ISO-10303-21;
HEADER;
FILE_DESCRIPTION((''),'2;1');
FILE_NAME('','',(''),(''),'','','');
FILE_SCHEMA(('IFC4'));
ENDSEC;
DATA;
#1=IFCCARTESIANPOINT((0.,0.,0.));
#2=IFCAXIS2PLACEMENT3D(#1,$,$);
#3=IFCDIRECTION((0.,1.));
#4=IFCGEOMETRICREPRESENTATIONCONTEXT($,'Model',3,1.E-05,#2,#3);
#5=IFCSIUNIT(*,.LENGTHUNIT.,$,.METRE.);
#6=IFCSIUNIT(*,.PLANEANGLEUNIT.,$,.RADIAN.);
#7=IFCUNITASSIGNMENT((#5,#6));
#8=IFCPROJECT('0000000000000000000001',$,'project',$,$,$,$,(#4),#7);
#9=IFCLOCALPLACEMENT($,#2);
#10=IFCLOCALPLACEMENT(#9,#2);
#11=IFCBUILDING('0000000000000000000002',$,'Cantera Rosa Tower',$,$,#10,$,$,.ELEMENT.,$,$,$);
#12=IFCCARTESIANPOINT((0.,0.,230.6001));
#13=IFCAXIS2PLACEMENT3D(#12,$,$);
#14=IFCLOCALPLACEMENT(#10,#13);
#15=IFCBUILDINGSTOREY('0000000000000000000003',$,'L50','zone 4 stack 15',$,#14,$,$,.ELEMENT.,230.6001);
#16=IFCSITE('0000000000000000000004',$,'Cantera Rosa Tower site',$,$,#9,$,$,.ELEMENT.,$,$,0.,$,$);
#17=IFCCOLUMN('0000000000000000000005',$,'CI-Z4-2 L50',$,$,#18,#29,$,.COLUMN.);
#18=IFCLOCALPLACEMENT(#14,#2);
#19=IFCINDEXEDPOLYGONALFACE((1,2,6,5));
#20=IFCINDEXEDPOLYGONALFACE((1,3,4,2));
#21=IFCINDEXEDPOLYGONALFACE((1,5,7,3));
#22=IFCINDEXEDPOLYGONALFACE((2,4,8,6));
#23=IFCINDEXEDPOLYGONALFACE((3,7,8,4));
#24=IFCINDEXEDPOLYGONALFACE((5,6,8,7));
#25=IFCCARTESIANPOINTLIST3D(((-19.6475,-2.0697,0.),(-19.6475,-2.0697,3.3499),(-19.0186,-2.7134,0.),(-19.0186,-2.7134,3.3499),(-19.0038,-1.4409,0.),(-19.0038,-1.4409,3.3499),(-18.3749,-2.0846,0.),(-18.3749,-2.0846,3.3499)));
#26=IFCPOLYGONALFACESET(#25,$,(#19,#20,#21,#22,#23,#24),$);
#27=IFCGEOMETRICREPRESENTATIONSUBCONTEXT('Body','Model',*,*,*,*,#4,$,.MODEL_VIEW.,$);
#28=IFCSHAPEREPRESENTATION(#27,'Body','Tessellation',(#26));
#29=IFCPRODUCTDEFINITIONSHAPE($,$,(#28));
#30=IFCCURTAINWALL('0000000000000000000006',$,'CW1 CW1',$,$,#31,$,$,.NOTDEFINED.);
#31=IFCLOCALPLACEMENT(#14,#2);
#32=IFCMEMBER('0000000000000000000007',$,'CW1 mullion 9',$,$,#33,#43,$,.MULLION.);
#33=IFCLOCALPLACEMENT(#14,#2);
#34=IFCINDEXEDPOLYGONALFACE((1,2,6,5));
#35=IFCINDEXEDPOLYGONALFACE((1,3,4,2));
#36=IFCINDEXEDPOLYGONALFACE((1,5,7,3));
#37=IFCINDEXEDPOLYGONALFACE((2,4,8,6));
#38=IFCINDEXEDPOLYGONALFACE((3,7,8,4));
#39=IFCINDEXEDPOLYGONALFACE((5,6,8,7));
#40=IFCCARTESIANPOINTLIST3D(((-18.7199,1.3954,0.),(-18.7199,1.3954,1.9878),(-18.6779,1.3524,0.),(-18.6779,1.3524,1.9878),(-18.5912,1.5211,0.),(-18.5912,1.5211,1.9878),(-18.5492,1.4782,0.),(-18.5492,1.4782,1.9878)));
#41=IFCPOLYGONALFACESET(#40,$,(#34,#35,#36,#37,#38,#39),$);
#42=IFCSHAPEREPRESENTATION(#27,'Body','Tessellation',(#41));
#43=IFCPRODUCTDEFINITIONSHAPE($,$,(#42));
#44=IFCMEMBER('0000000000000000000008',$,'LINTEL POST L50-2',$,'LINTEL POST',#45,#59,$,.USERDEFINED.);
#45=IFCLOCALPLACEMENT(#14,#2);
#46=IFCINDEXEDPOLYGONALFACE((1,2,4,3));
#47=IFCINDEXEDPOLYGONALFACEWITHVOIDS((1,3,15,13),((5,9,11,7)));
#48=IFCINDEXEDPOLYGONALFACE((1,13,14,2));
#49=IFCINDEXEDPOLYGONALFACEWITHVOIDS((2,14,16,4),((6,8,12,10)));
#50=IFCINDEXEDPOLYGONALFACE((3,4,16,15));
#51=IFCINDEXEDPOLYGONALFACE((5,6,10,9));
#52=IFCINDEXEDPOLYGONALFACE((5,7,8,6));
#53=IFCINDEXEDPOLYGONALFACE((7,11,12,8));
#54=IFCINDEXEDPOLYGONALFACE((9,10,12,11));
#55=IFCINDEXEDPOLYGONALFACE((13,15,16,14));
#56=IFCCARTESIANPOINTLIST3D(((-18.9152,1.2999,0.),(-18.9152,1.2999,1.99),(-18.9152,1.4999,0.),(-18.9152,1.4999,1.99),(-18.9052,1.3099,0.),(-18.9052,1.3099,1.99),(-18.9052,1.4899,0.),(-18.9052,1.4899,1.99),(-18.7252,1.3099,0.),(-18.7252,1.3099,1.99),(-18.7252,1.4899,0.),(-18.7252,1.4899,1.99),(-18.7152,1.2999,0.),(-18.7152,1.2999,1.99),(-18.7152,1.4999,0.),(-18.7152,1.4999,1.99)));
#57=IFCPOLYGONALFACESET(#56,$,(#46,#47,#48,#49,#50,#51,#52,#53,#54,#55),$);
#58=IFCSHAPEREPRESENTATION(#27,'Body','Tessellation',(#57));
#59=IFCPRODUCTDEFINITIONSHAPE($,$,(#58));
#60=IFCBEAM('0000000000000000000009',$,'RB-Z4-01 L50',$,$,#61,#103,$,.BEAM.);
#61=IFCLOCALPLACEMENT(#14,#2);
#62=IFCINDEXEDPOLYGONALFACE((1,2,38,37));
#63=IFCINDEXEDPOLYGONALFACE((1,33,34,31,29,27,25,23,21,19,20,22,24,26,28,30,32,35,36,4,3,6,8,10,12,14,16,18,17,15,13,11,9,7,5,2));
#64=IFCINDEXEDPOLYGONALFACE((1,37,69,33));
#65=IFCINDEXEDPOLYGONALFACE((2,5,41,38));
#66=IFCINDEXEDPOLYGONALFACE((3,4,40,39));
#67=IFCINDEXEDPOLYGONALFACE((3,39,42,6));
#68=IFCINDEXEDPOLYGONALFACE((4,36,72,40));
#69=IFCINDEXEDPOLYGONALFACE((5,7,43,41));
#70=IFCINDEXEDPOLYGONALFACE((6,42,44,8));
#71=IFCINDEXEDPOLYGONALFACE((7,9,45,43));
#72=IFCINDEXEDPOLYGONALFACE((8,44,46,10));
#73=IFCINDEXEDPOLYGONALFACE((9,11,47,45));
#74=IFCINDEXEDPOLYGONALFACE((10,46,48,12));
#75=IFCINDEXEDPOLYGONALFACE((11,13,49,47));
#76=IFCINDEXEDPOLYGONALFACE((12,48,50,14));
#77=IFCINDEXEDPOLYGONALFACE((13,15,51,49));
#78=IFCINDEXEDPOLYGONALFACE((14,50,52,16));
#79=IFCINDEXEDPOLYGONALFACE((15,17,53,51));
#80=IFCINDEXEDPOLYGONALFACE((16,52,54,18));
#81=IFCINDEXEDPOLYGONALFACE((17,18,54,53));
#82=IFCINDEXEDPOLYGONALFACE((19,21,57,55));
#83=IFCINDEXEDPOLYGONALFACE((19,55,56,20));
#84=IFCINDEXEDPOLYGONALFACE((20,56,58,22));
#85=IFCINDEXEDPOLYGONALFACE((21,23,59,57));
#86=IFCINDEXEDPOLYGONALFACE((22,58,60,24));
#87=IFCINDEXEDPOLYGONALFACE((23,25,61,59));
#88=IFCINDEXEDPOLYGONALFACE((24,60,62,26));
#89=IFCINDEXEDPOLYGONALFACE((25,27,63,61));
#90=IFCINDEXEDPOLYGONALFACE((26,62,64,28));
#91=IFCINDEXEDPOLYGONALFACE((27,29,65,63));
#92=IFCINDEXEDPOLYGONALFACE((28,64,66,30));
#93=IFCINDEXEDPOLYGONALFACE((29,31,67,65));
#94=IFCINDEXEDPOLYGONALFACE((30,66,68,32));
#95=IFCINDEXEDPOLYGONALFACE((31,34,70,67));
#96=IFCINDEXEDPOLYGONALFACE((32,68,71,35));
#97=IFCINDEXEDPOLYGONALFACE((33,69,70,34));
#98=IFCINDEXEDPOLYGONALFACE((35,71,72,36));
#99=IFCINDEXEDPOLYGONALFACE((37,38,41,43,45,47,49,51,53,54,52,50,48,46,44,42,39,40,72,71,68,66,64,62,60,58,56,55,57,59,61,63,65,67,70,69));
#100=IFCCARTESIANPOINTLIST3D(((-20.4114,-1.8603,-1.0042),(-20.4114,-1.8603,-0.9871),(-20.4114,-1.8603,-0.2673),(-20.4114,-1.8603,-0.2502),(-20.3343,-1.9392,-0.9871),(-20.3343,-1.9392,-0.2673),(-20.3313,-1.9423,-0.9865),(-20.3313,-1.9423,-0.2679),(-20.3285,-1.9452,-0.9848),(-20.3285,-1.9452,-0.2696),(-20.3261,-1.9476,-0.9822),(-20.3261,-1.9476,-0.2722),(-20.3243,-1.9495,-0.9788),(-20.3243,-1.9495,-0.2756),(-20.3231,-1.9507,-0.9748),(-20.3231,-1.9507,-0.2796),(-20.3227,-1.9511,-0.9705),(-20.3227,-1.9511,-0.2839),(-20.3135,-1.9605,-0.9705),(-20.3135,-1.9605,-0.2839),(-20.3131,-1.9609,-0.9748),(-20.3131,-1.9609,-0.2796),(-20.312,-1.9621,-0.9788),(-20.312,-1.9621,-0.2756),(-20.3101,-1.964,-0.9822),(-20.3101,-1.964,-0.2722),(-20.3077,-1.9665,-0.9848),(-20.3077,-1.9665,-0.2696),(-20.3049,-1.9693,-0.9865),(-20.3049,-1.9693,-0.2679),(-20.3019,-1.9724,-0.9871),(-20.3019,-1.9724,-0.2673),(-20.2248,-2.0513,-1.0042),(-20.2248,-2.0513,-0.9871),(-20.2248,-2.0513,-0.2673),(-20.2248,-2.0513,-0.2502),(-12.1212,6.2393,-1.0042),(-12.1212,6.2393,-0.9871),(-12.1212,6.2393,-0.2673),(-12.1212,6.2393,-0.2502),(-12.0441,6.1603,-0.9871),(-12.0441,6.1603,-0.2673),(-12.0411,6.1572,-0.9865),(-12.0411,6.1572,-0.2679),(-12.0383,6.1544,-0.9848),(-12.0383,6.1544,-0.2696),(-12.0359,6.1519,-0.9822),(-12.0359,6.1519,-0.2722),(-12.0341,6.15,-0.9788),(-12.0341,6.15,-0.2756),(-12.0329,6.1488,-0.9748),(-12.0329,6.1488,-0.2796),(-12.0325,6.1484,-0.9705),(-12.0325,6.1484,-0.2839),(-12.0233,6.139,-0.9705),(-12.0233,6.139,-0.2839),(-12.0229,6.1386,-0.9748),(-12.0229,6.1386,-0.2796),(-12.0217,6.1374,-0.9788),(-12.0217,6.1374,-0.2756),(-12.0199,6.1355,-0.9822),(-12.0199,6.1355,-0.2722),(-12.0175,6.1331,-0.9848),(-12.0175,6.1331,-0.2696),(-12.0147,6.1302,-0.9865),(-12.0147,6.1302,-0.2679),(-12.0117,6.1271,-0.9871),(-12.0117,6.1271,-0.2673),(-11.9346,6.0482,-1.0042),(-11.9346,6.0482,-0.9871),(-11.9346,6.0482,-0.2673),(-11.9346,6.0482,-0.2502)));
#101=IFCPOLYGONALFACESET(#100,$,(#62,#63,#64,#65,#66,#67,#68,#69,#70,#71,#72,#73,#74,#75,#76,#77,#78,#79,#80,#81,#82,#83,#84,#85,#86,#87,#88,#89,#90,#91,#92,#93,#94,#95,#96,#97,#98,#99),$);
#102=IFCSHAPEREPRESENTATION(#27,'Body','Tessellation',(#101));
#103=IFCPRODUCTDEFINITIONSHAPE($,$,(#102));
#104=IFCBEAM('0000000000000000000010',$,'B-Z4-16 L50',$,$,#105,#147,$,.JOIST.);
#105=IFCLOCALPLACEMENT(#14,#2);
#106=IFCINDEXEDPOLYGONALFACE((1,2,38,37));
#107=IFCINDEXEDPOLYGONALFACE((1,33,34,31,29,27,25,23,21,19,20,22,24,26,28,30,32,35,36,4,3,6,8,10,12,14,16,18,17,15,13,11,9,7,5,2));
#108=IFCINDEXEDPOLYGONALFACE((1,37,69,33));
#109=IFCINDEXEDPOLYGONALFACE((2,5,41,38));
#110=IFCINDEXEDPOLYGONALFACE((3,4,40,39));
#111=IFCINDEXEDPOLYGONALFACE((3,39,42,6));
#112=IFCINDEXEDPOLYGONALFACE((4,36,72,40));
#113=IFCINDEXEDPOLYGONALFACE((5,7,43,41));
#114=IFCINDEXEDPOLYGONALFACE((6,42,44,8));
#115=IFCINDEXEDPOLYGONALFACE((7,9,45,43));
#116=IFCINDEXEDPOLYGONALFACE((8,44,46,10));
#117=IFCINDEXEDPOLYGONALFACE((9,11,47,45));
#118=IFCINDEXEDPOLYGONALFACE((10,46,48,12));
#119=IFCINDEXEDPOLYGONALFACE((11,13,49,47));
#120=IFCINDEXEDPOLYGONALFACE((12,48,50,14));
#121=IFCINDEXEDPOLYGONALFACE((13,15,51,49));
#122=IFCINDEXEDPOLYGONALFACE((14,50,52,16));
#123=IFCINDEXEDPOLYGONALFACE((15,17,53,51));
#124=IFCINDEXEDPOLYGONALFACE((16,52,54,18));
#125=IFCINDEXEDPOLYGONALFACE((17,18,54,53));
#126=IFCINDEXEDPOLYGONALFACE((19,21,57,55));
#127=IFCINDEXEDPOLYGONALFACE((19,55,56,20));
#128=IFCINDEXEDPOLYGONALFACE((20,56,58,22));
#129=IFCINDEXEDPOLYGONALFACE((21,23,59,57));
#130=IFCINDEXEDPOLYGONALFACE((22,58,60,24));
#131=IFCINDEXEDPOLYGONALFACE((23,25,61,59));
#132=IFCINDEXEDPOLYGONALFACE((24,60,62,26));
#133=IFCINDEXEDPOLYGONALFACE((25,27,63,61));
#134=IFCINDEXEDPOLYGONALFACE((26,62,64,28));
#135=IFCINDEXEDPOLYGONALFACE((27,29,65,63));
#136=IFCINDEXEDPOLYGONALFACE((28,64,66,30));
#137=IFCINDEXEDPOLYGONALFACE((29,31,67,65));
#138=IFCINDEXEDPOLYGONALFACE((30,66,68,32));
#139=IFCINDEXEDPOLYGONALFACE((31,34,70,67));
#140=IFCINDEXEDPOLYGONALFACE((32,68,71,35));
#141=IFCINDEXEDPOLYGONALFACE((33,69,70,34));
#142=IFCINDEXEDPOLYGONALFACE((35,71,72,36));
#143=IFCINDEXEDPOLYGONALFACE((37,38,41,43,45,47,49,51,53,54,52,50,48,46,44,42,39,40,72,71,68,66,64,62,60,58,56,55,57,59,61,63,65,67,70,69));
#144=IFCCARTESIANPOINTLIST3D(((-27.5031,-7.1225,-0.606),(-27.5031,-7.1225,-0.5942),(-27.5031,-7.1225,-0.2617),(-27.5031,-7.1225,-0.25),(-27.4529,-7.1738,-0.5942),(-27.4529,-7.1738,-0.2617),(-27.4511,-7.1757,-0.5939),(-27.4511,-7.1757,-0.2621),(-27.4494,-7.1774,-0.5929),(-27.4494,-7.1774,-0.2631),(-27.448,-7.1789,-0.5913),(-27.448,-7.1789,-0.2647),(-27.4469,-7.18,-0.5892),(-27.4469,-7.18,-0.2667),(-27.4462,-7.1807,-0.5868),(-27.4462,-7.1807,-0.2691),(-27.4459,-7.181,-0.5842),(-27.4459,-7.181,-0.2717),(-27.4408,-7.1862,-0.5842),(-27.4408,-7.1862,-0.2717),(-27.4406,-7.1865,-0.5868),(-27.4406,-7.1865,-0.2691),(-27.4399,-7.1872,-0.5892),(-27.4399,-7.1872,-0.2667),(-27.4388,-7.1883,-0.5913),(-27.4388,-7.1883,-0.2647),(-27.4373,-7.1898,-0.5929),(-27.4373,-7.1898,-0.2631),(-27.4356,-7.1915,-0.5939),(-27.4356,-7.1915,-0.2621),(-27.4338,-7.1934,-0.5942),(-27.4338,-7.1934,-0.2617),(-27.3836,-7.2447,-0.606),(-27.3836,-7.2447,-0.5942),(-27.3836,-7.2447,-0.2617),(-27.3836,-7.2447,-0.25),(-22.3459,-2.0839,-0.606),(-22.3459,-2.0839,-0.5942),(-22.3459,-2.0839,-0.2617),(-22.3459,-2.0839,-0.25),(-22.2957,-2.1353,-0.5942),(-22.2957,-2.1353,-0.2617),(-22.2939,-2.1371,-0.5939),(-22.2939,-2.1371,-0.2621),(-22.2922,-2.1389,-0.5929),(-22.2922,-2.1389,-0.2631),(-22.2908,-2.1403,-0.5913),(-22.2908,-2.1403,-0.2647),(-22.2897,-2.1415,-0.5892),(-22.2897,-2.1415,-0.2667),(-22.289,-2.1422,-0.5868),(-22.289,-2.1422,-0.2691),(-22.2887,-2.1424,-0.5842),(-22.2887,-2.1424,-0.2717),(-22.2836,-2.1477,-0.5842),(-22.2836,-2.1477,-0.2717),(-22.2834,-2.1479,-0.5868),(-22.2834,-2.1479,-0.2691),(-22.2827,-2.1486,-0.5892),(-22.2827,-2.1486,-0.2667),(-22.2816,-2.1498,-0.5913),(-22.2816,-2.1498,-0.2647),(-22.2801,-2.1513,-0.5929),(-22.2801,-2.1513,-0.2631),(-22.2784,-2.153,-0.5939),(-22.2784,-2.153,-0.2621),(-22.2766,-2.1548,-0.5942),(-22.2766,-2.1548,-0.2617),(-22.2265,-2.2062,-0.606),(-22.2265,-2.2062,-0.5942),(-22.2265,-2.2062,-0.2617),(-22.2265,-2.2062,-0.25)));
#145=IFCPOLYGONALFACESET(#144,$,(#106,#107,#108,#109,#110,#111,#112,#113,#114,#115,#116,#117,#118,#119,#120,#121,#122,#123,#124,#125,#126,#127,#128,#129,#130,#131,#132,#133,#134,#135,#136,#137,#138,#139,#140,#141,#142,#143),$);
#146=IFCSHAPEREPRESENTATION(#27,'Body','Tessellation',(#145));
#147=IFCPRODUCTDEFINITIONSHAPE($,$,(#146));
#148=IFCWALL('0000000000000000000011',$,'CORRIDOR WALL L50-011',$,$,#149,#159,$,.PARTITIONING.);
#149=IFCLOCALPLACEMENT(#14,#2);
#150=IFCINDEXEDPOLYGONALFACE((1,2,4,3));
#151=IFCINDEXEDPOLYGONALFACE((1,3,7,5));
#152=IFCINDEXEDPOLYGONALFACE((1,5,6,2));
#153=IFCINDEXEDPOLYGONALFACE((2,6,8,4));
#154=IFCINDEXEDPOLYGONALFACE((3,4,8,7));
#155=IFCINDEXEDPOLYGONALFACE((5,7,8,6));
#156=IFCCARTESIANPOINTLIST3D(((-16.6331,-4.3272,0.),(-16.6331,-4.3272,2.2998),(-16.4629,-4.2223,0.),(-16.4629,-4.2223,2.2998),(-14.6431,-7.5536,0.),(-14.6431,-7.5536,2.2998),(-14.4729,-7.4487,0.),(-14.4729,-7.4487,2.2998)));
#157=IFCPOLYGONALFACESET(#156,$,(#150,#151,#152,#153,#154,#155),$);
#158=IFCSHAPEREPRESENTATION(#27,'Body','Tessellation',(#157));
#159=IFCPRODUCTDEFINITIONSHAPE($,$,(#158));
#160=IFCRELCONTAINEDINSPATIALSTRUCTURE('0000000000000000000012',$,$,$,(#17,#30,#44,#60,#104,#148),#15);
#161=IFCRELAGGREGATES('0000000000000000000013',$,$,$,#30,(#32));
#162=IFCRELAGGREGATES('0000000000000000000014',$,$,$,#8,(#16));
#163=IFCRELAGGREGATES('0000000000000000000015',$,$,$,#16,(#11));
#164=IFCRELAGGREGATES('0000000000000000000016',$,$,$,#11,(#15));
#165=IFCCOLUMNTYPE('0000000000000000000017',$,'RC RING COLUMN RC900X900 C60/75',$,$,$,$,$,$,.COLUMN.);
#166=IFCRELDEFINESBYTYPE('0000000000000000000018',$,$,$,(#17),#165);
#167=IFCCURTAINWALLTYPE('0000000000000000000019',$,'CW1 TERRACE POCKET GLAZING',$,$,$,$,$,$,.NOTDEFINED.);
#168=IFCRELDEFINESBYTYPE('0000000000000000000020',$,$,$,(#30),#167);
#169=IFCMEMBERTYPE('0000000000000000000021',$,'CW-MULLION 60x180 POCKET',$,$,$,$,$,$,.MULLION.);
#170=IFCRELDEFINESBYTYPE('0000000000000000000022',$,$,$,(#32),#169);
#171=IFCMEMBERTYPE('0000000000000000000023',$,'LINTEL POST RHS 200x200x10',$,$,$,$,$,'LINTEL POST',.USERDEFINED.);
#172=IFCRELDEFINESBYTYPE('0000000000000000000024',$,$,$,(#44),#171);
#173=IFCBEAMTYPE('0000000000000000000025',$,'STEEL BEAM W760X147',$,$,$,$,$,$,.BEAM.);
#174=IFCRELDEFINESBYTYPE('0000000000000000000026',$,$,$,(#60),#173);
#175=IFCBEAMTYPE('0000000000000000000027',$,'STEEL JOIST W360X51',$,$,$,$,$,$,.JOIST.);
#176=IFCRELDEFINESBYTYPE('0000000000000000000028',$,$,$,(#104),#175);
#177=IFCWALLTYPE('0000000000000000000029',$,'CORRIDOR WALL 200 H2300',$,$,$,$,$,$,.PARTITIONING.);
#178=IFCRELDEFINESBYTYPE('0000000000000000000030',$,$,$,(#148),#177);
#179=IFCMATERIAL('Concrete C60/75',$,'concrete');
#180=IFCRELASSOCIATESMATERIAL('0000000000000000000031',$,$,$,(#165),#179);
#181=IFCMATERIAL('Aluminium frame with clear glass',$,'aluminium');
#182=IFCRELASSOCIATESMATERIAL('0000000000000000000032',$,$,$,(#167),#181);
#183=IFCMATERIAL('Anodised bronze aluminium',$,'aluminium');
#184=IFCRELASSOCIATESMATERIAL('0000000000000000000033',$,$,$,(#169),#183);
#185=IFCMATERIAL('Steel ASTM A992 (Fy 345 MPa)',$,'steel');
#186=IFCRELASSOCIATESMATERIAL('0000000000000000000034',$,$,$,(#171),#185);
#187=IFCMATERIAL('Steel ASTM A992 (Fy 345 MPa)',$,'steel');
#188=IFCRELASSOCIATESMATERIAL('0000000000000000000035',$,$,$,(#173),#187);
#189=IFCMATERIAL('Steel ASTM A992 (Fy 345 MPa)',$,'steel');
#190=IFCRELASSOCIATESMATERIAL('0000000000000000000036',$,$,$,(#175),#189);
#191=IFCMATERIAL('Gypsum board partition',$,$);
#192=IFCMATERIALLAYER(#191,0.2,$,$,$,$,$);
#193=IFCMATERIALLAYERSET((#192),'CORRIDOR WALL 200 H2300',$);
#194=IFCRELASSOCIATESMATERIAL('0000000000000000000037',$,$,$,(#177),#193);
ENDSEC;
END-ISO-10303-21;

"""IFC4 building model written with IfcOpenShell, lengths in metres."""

from ifc_helpers import new_model, si_unit, direction, frame, frame_2d, origin, origin_2d, place, context, subcontext, project, spatial, rectangle, hollow_rectangle, i_section, extrude, material, layer, layer_set, material_profile, profile_set, type_object, element, aggregate, save


model = new_model("IFC4")

# Units and contexts
model_context = context("Model", 3, precision=1e-05, world=origin(), true_north=direction((0.0, 1.0)))
body_context = subcontext(model_context, "Body", "Model", "MODEL_VIEW")
ifc_project = project(units=[si_unit("LENGTHUNIT", "METRE"), si_unit("PLANEANGLEUNIT", "RADIAN")], contexts=[model_context])

# Site, building, storey
site_placement = place(None, origin())
site = spatial("IfcSite", under=ifc_project, at=site_placement, Name="Cantera Rosa Tower site", CompositionType="ELEMENT", RefElevation=0.0)
building_placement = place(site_placement, origin())
building = spatial("IfcBuilding", under=site, at=building_placement, Name="Cantera Rosa Tower", CompositionType="ELEMENT")
storey_placement = place(building_placement, frame((0.0, 0.0, 230.6001)))
storey = spatial("IfcBuildingStorey", under=building, at=storey_placement, Name="L50", Description="zone 4 stack 15", CompositionType="ELEMENT", Elevation=230.6001)

# Column
ifc_material_1 = material(Name="Concrete C60/75", Category="concrete")
ifc_material_profile_1 = material_profile(ifc_material_1, rectangle(XDim=0.8999, YDim=0.8999, at=origin_2d()), Name="RC RING COLUMN RC900X900 C60/75")
ifc_profile_set_1 = profile_set([ifc_material_profile_1], Name="Concrete C60/75")
column_type = type_object("IfcColumnType", Name="RC RING COLUMN RC900X900 C60/75", PredefinedType="COLUMN", material=ifc_profile_set_1)
column_placement = place(storey_placement, frame((-19.0112, -2.0771, 0.0), z_axis=(0.0, 0.0, 1.0), x_axis=(0.715286, 0.698832, 0.0)))
element("IfcColumn", 1, at=column_placement, inside=storey, type_object=column_type, Name="CI-Z4-2 L50", PredefinedType="COLUMN", context=body_context, shape_type="SweptSolid", body=[
    extrude(rectangle(XDim=0.8999, YDim=0.8999, at=origin_2d()), origin(), (0.0, 0.0, 1.0), 3.3499),
])

# Curtain wall, member
ifc_material_2 = material(Name="Aluminium frame with clear glass", Category="aluminium")
curtain_wall_type = type_object("IfcCurtainWallType", Name="CW1 TERRACE POCKET GLAZING", PredefinedType="NOTDEFINED", material=ifc_material_2)
curtain_wall_placement = place(storey_placement, origin())
curtain_wall = element("IfcCurtainWall", 2, at=curtain_wall_placement, inside=storey, type_object=curtain_wall_type, Name="CW1 CW1", PredefinedType="NOTDEFINED")
ifc_material_3 = material(Name="Anodised bronze aluminium", Category="aluminium")
ifc_material_profile_2 = material_profile(ifc_material_3, rectangle(XDim=0.0601, YDim=0.1799, at=origin_2d()), Name="CW-MULLION 60x180 POCKET")
ifc_profile_set_2 = profile_set([ifc_material_profile_2], Name="Anodised bronze aluminium")
member_type_1 = type_object("IfcMemberType", Name="CW-MULLION 60x180 POCKET", PredefinedType="MULLION", material=ifc_profile_set_2)
member_1_placement = place(storey_placement, frame((-18.6345, 1.4368, 0.0), z_axis=(0.0, 0.0, 1.0), x_axis=(0.698832, -0.715286, 0.0)))
member_1 = element("IfcMember", 3, at=member_1_placement, type_object=member_type_1, Name="CW1 mullion 9", PredefinedType="MULLION", context=body_context, shape_type="SweptSolid", body=[
    extrude(rectangle(XDim=0.0601, YDim=0.1799, at=origin_2d()), origin(), (0.0, 0.0, 1.0), 1.9878),
])
aggregate(curtain_wall, [member_1])

# Member
ifc_material_4 = material(Name="Steel ASTM A992 (Fy 345 MPa)", Category="steel")
ifc_material_profile_3 = material_profile(ifc_material_4, hollow_rectangle(XDim=0.2, YDim=0.2, WallThickness=0.01, at=origin_2d()), Name="LINTEL POST RHS 200x200x10")
ifc_profile_set_3 = profile_set([ifc_material_profile_3], Name="Steel ASTM A992 (Fy 345 MPa)")
member_type_2 = type_object("IfcMemberType", Name="LINTEL POST RHS 200x200x10", ElementType="LINTEL POST", PredefinedType="USERDEFINED", material=ifc_profile_set_3)
member_2_placement = place(storey_placement, frame((-18.8152, 1.3999, 0.0), z_axis=(0.0, 0.0, 1.0), x_axis=(1.0, 0.0, 0.0)))
element("IfcMember", 4, at=member_2_placement, inside=storey, type_object=member_type_2, Name="LINTEL POST L50-2", ObjectType="LINTEL POST", PredefinedType="USERDEFINED", context=body_context, shape_type="SweptSolid", body=[
    extrude(hollow_rectangle(XDim=0.2, YDim=0.2, WallThickness=0.01, at=origin_2d()), origin(), (0.0, 0.0, 1.0), 1.99),
])

# Beams
ifc_material_5 = material(Name="Steel ASTM A992 (Fy 345 MPa)", Category="steel")
ifc_material_profile_4 = material_profile(ifc_material_5, i_section(OverallWidth=0.2671, OverallDepth=0.7539, WebThickness=0.0132, FlangeThickness=0.0171, FilletRadius=0.0166, at=origin_2d()), Name="W760X147")
ifc_profile_set_4 = profile_set([ifc_material_profile_4], Name="Steel ASTM A992 (Fy 345 MPa)")
beam_type_1 = type_object("IfcBeamType", Name="STEEL BEAM W760X147", PredefinedType="BEAM", material=ifc_profile_set_4)
beam_1_placement = place(storey_placement, frame((-20.3181, -1.9558, -0.6272), z_axis=(0.715285, 0.698833, 0.0), x_axis=(-0.698833, 0.715285, 0.0)))
element("IfcBeam", 5, at=beam_1_placement, inside=storey, type_object=beam_type_1, Name="RB-Z4-01 L50", PredefinedType="BEAM", context=body_context, shape_type="SweptSolid", body=[
    extrude(i_section(OverallWidth=0.2671, OverallDepth=0.7539, WebThickness=0.0132, FlangeThickness=0.0171, FilletRadius=0.0166, at=origin_2d()), origin(), (0.0, 0.0, 1.0), 11.5901),
])
ifc_material_6 = material(Name="Steel ASTM A992 (Fy 345 MPa)", Category="steel")
ifc_material_profile_5 = material_profile(ifc_material_6, i_section(OverallWidth=0.1709, OverallDepth=0.356, WebThickness=0.0073, FlangeThickness=0.0117, FilletRadius=0.01, at=origin_2d()), Name="W360X51")
ifc_profile_set_5 = profile_set([ifc_material_profile_5], Name="Steel ASTM A992 (Fy 345 MPa)")
beam_type_2 = type_object("IfcBeamType", Name="STEEL JOIST W360X51", PredefinedType="JOIST", material=ifc_profile_set_5)
beam_2_placement = place(storey_placement, frame((-27.4434, -7.1836, -0.428), z_axis=(0.715287, 0.698831, 0.0), x_axis=(-0.698831, 0.715287, 0.0)))
element("IfcBeam", 6, at=beam_2_placement, inside=storey, type_object=beam_type_2, Name="B-Z4-16 L50", PredefinedType="JOIST", context=body_context, shape_type="SweptSolid", body=[
    extrude(i_section(OverallWidth=0.1709, OverallDepth=0.356, WebThickness=0.0073, FlangeThickness=0.0117, FilletRadius=0.01, at=origin_2d()), origin(), (0.0, 0.0, 1.0), 7.21),
])

# Wall
ifc_material_7 = material(Name="Gypsum board partition")
ifc_layer_1 = layer(ifc_material_7, 0.2)
ifc_layer_set_1 = layer_set([ifc_layer_1], Name="CORRIDOR WALL 200 H2300")
wall_type_1 = type_object("IfcWallType", Name="CORRIDOR WALL 200 H2300", PredefinedType="PARTITIONING", material=ifc_layer_set_1)
wall_1_placement = place(storey_placement, frame((-16.5481, -4.2747, 0.0), z_axis=(0.0, 0.0, 1.0), x_axis=(0.52497, -0.851121, 0.0)))
element("IfcWall", 7, at=wall_1_placement, inside=storey, type_object=wall_type_1, Name="CORRIDOR WALL L50-011", PredefinedType="PARTITIONING", context=body_context, shape_type="SweptSolid", body=[
    extrude(rectangle(XDim=3.7908, YDim=0.2, at=frame_2d((1.8955, 0.0))), origin(), (0.0, 0.0, 1.0), 2.2998),
])

save(model, "model.ifc")
